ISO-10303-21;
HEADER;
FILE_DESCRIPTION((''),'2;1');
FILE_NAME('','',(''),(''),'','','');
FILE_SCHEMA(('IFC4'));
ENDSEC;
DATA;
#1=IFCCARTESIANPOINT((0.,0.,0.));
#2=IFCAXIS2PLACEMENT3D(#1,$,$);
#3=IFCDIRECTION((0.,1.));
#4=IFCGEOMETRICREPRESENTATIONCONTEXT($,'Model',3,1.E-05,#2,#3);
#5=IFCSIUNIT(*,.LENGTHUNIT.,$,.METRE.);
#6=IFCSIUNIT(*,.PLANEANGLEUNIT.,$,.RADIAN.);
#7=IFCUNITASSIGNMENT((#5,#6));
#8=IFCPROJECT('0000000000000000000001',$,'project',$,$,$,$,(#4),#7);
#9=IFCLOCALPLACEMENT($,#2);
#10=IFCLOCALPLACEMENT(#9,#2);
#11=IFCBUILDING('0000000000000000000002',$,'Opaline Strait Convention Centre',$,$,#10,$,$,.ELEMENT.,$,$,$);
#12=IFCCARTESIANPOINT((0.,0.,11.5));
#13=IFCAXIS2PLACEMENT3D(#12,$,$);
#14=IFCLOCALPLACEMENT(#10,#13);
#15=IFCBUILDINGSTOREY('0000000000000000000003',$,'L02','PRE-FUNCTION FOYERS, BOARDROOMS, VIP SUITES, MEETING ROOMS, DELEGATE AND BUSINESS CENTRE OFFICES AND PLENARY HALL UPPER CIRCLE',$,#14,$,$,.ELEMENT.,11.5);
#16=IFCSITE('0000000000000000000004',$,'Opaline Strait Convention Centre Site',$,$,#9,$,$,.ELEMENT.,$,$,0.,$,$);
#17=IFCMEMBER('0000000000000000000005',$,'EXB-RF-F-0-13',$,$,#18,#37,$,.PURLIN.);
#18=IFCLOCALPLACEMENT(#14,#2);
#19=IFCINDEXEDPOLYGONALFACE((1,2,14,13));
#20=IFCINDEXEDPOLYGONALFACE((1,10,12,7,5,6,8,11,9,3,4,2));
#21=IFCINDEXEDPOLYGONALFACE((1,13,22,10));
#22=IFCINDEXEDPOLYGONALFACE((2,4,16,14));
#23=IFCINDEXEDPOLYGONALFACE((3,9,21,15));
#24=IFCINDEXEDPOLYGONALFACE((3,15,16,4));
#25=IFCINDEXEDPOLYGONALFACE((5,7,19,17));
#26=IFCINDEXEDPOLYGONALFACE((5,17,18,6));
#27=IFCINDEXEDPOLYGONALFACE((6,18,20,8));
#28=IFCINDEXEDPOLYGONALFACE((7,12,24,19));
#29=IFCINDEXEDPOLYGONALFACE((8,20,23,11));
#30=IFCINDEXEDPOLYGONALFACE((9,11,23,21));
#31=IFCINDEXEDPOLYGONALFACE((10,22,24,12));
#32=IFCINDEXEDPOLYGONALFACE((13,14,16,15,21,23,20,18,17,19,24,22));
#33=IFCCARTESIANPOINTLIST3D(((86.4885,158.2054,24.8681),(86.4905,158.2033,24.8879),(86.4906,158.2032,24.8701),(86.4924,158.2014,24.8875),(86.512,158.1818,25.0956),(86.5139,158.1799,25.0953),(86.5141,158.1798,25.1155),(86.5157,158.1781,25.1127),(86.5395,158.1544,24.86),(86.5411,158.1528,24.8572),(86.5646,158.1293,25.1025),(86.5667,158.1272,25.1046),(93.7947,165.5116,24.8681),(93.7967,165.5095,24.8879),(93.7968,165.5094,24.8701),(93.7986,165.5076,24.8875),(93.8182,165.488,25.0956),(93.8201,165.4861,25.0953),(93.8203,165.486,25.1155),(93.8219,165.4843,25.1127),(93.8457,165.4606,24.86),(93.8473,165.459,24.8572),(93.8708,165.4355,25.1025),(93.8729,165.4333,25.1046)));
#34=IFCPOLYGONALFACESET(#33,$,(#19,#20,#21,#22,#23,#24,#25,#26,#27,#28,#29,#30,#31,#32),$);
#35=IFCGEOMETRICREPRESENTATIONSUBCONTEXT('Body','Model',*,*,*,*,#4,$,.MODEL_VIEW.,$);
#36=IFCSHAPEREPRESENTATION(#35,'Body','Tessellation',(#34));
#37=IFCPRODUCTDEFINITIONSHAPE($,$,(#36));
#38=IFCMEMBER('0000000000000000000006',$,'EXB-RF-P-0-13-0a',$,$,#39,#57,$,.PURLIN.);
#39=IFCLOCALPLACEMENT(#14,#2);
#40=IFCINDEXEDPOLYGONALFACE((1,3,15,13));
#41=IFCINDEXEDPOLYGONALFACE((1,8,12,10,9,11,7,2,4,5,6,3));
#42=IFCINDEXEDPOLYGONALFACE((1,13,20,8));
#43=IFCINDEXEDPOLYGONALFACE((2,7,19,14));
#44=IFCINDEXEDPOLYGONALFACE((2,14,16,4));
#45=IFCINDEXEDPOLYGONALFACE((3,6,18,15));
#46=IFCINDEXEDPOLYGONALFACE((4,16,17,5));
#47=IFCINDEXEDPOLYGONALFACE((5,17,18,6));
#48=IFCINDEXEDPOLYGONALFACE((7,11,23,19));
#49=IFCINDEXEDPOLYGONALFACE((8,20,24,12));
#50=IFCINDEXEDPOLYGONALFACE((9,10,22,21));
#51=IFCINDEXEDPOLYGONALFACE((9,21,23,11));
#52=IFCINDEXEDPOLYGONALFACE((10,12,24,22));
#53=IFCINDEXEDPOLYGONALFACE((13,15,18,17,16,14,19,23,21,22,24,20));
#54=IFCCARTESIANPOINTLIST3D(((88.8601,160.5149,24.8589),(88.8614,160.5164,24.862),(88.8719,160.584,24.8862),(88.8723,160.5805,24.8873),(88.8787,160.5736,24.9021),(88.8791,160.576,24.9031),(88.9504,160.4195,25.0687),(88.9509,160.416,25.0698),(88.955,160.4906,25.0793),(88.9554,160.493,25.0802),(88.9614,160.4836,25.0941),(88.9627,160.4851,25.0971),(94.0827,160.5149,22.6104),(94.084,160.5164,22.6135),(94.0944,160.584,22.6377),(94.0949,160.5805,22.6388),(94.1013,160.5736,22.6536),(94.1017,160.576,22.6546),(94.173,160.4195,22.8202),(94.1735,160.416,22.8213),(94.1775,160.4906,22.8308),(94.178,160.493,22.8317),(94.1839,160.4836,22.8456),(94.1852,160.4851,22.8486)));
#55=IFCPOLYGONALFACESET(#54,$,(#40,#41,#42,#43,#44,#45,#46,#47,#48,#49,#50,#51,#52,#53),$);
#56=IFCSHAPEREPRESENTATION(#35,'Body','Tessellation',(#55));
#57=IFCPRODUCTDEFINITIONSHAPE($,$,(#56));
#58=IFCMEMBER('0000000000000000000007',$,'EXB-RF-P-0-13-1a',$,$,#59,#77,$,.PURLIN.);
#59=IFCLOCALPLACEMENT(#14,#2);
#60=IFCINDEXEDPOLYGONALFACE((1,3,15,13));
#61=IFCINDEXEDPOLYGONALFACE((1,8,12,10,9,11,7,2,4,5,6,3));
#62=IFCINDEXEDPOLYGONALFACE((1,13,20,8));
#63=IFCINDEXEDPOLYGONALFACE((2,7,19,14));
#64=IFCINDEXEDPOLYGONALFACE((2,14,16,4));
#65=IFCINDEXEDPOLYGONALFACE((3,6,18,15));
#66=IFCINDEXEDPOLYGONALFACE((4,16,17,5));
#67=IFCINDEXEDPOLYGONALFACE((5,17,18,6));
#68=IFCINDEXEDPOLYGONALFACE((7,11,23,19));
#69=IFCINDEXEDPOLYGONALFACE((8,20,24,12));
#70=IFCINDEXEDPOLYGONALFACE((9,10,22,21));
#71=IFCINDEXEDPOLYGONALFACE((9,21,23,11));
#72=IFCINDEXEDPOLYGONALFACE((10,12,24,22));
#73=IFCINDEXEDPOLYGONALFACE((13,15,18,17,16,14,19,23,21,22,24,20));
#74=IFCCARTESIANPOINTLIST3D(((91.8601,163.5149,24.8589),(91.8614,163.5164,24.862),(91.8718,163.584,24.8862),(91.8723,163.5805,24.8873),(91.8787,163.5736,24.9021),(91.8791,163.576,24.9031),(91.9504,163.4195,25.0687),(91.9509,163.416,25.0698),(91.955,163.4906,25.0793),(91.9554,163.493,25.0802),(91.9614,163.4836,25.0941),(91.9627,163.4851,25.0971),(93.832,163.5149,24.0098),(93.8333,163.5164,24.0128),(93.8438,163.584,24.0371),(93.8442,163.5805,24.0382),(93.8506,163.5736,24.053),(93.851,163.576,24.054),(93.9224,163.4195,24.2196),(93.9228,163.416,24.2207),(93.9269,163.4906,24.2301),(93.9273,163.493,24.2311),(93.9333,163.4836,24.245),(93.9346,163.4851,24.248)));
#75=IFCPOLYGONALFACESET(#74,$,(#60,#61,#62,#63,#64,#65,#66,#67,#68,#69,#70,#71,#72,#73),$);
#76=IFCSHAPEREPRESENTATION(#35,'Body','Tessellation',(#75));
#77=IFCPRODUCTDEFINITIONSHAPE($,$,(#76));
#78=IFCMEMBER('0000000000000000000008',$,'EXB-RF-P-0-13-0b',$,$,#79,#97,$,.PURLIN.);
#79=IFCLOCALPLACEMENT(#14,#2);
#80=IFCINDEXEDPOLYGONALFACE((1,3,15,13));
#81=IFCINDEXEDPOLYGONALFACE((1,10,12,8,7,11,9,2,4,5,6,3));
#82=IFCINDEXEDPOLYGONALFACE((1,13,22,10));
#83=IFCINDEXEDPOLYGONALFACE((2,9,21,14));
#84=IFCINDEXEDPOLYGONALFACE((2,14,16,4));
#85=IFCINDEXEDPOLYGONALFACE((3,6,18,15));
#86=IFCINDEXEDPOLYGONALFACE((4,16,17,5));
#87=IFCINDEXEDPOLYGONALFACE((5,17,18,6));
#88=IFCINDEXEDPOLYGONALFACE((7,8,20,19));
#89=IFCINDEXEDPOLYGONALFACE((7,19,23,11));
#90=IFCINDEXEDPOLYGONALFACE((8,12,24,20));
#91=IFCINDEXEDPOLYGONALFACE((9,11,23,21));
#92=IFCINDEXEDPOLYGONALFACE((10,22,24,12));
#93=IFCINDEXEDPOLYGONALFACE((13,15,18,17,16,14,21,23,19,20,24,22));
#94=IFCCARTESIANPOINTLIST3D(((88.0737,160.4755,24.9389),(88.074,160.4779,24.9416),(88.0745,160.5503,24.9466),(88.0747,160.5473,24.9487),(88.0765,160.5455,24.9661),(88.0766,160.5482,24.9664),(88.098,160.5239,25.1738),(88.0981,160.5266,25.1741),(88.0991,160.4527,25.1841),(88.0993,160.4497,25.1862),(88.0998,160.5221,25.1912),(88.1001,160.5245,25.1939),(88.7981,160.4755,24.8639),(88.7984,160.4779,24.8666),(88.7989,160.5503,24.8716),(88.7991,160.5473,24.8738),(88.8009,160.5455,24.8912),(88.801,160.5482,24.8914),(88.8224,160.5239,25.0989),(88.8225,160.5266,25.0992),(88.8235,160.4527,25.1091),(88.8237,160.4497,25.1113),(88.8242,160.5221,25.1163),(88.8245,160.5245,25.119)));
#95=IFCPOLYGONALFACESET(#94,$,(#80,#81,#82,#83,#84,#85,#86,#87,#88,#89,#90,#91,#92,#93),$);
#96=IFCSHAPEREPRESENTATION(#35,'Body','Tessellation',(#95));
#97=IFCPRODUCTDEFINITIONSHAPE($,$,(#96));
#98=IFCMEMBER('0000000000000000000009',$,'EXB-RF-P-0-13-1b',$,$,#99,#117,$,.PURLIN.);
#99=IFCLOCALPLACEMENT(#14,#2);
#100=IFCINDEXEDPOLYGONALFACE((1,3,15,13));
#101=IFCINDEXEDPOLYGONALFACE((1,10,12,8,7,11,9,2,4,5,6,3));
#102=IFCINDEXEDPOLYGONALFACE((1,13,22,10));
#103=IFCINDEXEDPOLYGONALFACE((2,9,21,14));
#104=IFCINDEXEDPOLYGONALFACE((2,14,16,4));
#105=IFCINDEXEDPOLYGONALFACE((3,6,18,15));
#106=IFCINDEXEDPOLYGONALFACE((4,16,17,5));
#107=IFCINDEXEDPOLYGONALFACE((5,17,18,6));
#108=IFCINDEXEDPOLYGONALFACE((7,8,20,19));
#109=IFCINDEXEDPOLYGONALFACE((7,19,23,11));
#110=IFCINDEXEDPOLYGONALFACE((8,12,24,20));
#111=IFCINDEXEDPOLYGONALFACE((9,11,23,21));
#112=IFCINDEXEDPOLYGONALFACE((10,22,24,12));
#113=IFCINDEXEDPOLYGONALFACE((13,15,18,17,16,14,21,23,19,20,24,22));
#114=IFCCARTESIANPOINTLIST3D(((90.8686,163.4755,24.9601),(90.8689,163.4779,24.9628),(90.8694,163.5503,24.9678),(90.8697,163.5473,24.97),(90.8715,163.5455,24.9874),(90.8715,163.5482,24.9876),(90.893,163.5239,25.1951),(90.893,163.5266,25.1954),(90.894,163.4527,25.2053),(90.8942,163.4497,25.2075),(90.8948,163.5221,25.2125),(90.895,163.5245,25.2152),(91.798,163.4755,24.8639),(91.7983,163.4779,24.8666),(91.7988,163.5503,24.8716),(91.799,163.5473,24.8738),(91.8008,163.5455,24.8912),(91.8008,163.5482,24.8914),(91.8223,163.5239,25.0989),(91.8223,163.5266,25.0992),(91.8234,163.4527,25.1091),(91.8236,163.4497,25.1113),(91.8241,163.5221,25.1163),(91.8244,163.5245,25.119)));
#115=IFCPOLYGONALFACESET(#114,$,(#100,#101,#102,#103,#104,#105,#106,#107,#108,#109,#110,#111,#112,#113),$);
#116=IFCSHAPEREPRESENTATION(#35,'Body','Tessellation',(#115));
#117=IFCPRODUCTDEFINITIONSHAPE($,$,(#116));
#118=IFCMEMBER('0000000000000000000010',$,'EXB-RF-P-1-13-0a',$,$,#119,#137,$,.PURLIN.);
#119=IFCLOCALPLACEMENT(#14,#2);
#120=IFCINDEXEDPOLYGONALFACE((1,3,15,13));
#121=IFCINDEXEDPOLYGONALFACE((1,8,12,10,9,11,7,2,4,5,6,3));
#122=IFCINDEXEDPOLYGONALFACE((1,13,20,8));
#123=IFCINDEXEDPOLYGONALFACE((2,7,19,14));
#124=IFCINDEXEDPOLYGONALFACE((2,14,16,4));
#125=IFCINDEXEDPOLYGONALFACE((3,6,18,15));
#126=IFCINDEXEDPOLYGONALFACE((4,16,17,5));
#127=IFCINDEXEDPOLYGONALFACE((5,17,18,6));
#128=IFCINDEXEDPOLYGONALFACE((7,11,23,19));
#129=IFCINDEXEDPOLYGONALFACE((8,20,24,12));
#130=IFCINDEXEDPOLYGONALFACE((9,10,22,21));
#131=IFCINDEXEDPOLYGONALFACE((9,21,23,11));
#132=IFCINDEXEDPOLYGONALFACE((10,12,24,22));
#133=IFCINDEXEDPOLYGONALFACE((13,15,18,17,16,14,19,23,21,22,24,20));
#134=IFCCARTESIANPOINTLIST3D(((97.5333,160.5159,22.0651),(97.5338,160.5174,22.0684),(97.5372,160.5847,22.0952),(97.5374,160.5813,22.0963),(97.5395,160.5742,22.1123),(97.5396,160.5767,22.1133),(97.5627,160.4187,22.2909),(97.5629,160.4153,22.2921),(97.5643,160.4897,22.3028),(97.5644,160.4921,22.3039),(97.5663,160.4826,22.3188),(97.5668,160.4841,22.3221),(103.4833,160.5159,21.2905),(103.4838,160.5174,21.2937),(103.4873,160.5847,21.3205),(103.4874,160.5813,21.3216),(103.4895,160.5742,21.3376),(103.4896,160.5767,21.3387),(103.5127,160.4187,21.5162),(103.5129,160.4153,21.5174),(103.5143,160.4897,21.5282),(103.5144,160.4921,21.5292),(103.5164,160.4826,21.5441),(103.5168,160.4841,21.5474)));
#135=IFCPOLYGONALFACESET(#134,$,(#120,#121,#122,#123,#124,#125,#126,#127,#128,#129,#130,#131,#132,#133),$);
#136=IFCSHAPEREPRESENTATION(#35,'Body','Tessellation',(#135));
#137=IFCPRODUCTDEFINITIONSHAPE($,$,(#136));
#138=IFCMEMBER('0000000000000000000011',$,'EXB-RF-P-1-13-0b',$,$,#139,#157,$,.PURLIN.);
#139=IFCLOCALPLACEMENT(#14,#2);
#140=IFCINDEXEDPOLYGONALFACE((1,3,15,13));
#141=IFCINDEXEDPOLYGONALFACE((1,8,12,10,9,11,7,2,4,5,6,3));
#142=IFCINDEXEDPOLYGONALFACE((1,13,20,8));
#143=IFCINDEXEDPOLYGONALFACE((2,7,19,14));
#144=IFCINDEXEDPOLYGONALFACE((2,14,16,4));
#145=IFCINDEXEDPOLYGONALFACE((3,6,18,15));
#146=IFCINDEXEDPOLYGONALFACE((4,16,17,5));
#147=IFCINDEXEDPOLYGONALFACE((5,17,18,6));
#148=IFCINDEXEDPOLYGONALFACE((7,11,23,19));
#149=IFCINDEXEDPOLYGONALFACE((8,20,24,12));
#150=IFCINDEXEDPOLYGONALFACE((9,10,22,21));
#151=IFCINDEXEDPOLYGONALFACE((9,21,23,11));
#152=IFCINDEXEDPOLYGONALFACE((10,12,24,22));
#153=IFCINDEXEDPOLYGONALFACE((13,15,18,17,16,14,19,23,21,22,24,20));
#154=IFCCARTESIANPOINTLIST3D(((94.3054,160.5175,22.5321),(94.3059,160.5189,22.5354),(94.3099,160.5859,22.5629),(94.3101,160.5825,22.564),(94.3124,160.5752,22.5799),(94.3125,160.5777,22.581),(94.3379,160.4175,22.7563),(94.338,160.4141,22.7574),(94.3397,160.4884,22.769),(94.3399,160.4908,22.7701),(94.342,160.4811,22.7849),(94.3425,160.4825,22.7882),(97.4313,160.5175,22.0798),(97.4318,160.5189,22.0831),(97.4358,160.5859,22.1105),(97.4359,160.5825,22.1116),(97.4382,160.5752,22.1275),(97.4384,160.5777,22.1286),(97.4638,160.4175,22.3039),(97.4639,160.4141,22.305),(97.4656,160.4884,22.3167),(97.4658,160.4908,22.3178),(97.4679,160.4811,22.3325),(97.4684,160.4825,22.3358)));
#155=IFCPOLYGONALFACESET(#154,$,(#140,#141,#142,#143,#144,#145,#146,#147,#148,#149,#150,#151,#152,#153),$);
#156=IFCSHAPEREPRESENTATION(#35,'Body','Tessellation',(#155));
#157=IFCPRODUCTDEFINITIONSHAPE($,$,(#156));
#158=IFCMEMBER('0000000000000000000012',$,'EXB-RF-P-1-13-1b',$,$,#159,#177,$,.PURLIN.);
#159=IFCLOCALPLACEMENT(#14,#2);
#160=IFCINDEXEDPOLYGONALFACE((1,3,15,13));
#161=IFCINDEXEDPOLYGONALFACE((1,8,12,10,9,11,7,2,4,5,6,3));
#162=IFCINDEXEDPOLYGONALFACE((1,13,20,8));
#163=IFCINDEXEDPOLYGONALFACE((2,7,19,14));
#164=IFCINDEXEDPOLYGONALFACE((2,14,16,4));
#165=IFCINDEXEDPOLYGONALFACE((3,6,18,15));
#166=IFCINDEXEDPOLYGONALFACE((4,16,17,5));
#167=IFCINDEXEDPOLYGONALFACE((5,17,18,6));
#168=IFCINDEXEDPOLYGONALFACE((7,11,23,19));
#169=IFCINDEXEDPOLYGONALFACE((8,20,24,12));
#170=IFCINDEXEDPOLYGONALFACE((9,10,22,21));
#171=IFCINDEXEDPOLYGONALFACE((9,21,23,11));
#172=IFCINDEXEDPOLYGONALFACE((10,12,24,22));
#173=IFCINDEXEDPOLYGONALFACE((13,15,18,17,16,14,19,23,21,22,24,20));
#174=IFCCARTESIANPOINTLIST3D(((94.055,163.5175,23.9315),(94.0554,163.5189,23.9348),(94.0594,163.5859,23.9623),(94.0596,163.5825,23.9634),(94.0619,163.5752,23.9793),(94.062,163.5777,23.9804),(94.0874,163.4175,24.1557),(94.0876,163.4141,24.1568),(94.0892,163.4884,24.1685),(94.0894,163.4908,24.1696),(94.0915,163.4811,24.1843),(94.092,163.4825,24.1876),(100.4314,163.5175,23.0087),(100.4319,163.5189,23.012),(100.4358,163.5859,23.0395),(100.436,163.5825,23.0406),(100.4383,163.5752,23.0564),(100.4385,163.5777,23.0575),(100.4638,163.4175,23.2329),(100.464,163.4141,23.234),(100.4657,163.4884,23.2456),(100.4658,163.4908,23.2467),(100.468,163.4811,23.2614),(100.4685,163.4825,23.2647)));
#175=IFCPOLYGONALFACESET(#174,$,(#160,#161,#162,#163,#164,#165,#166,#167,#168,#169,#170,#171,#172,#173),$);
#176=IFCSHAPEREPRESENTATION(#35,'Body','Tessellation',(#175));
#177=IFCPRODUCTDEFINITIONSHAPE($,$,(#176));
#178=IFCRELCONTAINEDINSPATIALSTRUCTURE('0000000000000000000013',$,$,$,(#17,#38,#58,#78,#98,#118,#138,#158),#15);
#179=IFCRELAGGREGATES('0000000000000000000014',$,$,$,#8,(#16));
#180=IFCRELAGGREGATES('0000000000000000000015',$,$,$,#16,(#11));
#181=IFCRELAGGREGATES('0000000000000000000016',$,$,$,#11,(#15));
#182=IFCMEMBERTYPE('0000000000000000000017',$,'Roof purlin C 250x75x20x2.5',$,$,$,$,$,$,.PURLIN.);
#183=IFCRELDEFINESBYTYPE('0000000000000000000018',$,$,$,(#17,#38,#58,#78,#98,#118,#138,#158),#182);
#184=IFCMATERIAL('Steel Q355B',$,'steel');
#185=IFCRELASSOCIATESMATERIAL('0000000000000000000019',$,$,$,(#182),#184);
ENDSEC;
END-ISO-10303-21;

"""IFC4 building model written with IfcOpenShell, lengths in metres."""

from ifc_helpers import new_model, si_unit, direction, frame, origin, place, context, subcontext, project, spatial, polyline, outline, extrude, material, material_profile, profile_set, type_object, element, save


model = new_model("IFC4")

# Units and contexts
model_context = context("Model", 3, precision=1e-05, world=origin(), true_north=direction((0.0, 1.0)))
body_context = subcontext(model_context, "Body", "Model", "MODEL_VIEW")
ifc_project = project(units=[si_unit("LENGTHUNIT", "METRE"), si_unit("PLANEANGLEUNIT", "RADIAN")], contexts=[model_context])

# Site, building, storey
site_placement = place(None, origin())
site = spatial("IfcSite", under=ifc_project, at=site_placement, Name="Opaline Strait Convention Centre Site", CompositionType="ELEMENT", RefElevation=0.0)
building_placement = place(site_placement, origin())
building = spatial("IfcBuilding", under=site, at=building_placement, Name="Opaline Strait Convention Centre", CompositionType="ELEMENT")
storey_placement = place(building_placement, frame((0.0, 0.0, 11.5)))
storey = spatial("IfcBuildingStorey", under=building, at=storey_placement, Name="L02", Description="PRE-FUNCTION FOYERS, BOARDROOMS, VIP SUITES, MEETING ROOMS, DELEGATE AND BUSINESS CENTRE OFFICES AND PLENARY HALL UPPER CIRCLE", CompositionType="ELEMENT", Elevation=11.5)

# Members
ifc_material_1 = material(Name="Steel Q355B", Category="steel")
ifc_material_profile_1 = material_profile(ifc_material_1, outline(polyline([(-0.0376, -0.125), (0.0376, -0.125), (0.0376, -0.105), (0.0349, -0.105), (0.0349, -0.1226), (-0.0349, -0.1226), (-0.0349, 0.1226), (0.0349, 0.1226), (0.0349, 0.105), (0.0376, 0.105), (0.0376, 0.125), (-0.0376, 0.125), (-0.0376, -0.125)])), Name="C 250x75x20x2.5")
ifc_profile_set_1 = profile_set([ifc_material_profile_1], Name="Steel Q355B")
member_type_1 = type_object("IfcMemberType", Name="Roof purlin C 250x75x20x2.5", PredefinedType="PURLIN", material=ifc_profile_set_1)
member_1_placement = place(storey_placement, frame((86.5276, 158.1663, 24.9863), z_axis=(0.707107, 0.707107, 0.0), x_axis=(-0.699649, 0.699649, 0.14485)))
element("IfcMember", 1, at=member_1_placement, inside=storey, type_object=member_type_1, Name="EXB-RF-F-0-13", PredefinedType="PURLIN", context=body_context, shape_type="SweptSolid", body=[
    extrude(outline(polyline([(-0.0376, -0.125), (0.0376, -0.125), (0.0376, -0.105), (0.0349, -0.105), (0.0349, -0.1226), (-0.0349, -0.1226), (-0.0349, 0.1226), (0.0349, 0.1226), (0.0349, 0.105), (0.0376, 0.105), (0.0376, 0.125), (-0.0376, 0.125), (-0.0376, -0.125)])), origin(), (0.0, 0.0, 1.0), 10.3325),
])
member_2_placement = place(storey_placement, frame((88.9114, 160.5, 24.978), z_axis=(0.918491, 0.0, -0.395442), x_axis=(0.156365, 0.918501, 0.363189)))
element("IfcMember", 2, at=member_2_placement, inside=storey, type_object=member_type_1, Name="EXB-RF-P-0-13-0a", PredefinedType="PURLIN", context=body_context, shape_type="SweptSolid", body=[
    extrude(outline(polyline([(-0.0376, -0.125), (0.0376, -0.125), (0.0376, -0.105), (0.0349, -0.105), (0.0349, -0.1226), (-0.0349, -0.1226), (-0.0349, 0.1226), (0.0349, 0.1226), (0.0349, 0.105), (0.0376, 0.105), (0.0376, 0.125), (-0.0376, 0.125), (-0.0376, -0.125)])), origin(), (0.0, 0.0, 1.0), 5.686),
])
member_3_placement = place(storey_placement, frame((91.9114, 163.5, 24.978), z_axis=(0.918467, 0.0, -0.395497), x_axis=(0.156387, 0.918501, 0.363179)))
element("IfcMember", 3, at=member_3_placement, inside=storey, type_object=member_type_1, Name="EXB-RF-P-0-13-1a", PredefinedType="PURLIN", context=body_context, shape_type="SweptSolid", body=[
    extrude(outline(polyline([(-0.0376, -0.125), (0.0376, -0.125), (0.0376, -0.105), (0.0349, -0.105), (0.0349, -0.1226), (-0.0349, -0.1226), (-0.0349, 0.1226), (0.0349, 0.1226), (0.0349, 0.105), (0.0376, 0.105), (0.0376, 0.125), (-0.0376, 0.125), (-0.0376, -0.125)])), origin(), (0.0, 0.0, 1.0), 2.147),
])
member_4_placement = place(storey_placement, frame((88.0869, 160.5, 25.0664), z_axis=(0.994689, 0.0, -0.102922), x_axis=(0.010597, 0.994685, 0.102419)))
element("IfcMember", 4, at=member_4_placement, inside=storey, type_object=member_type_1, Name="EXB-RF-P-0-13-0b", PredefinedType="PURLIN", context=body_context, shape_type="SweptSolid", body=[
    extrude(outline(polyline([(-0.0376, -0.125), (0.0376, -0.125), (0.0376, -0.105), (0.0349, -0.105), (0.0349, -0.1226), (-0.0349, -0.1226), (-0.0349, 0.1226), (0.0349, 0.1226), (0.0349, 0.105), (0.0376, 0.105), (0.0376, 0.125), (-0.0376, 0.125), (-0.0376, -0.125)])), origin(), (0.0, 0.0, 1.0), 0.7283),
])
member_5_placement = place(storey_placement, frame((90.8818, 163.5, 25.0876), z_axis=(0.994687, 0.0, -0.102944), x_axis=(0.0106, 0.994685, 0.102419)))
element("IfcMember", 5, at=member_5_placement, inside=storey, type_object=member_type_1, Name="EXB-RF-P-0-13-1b", PredefinedType="PURLIN", context=body_context, shape_type="SweptSolid", body=[
    extrude(outline(polyline([(-0.0376, -0.125), (0.0376, -0.125), (0.0376, -0.105), (0.0349, -0.105), (0.0349, -0.1226), (-0.0349, -0.1226), (-0.0349, 0.1226), (0.0349, 0.1226), (0.0349, 0.105), (0.0376, 0.105), (0.0376, 0.125), (-0.0376, 0.125), (-0.0376, -0.125)])), origin(), (0.0, 0.0, 1.0), 0.9343),
])
member_6_placement = place(storey_placement, frame((97.55, 160.5, 22.1936), z_axis=(0.991631, 0.0, -0.129106), x_axis=(0.051983, 0.915359, 0.39927)))
element("IfcMember", 6, at=member_6_placement, inside=storey, type_object=member_type_1, Name="EXB-RF-P-1-13-0a", PredefinedType="PURLIN", context=body_context, shape_type="SweptSolid", body=[
    extrude(outline(polyline([(-0.0376, -0.125), (0.0376, -0.125), (0.0376, -0.105), (0.0349, -0.105), (0.0349, -0.1226), (-0.0349, -0.1226), (-0.0349, 0.1226), (0.0349, 0.1226), (0.0349, 0.105), (0.0376, 0.105), (0.0376, 0.125), (-0.0376, 0.125), (-0.0376, -0.125)])), origin(), (0.0, 0.0, 1.0), 6.0002),
])
member_7_placement = place(storey_placement, frame((94.324, 160.5, 22.6602), z_axis=(0.98969, 0.0, -0.143228), x_axis=(0.059251, 0.91042, 0.409419)))
element("IfcMember", 7, at=member_7_placement, inside=storey, type_object=member_type_1, Name="EXB-RF-P-1-13-0b", PredefinedType="PURLIN", context=body_context, shape_type="SweptSolid", body=[
    extrude(outline(polyline([(-0.0376, -0.125), (0.0376, -0.125), (0.0376, -0.105), (0.0349, -0.105), (0.0349, -0.1226), (-0.0349, -0.1226), (-0.0349, 0.1226), (0.0349, 0.1226), (0.0349, 0.105), (0.0376, 0.105), (0.0376, 0.125), (-0.0376, 0.125), (-0.0376, -0.125)])), origin(), (0.0, 0.0, 1.0), 3.1584),
])
member_8_placement = place(storey_placement, frame((94.0735, 163.5, 24.0596), z_axis=(0.989689, 0.0, -0.143235), x_axis=(0.059254, 0.91042, 0.409419)))
element("IfcMember", 8, at=member_8_placement, inside=storey, type_object=member_type_1, Name="EXB-RF-P-1-13-1b", PredefinedType="PURLIN", context=body_context, shape_type="SweptSolid", body=[
    extrude(outline(polyline([(-0.0376, -0.125), (0.0376, -0.125), (0.0376, -0.105), (0.0349, -0.105), (0.0349, -0.1226), (-0.0349, -0.1226), (-0.0349, 0.1226), (0.0349, 0.1226), (0.0349, 0.105), (0.0376, 0.105), (0.0376, 0.125), (-0.0376, 0.125), (-0.0376, -0.125)])), origin(), (0.0, 0.0, 1.0), 6.4429),
])

save(model, "model.ifc")
